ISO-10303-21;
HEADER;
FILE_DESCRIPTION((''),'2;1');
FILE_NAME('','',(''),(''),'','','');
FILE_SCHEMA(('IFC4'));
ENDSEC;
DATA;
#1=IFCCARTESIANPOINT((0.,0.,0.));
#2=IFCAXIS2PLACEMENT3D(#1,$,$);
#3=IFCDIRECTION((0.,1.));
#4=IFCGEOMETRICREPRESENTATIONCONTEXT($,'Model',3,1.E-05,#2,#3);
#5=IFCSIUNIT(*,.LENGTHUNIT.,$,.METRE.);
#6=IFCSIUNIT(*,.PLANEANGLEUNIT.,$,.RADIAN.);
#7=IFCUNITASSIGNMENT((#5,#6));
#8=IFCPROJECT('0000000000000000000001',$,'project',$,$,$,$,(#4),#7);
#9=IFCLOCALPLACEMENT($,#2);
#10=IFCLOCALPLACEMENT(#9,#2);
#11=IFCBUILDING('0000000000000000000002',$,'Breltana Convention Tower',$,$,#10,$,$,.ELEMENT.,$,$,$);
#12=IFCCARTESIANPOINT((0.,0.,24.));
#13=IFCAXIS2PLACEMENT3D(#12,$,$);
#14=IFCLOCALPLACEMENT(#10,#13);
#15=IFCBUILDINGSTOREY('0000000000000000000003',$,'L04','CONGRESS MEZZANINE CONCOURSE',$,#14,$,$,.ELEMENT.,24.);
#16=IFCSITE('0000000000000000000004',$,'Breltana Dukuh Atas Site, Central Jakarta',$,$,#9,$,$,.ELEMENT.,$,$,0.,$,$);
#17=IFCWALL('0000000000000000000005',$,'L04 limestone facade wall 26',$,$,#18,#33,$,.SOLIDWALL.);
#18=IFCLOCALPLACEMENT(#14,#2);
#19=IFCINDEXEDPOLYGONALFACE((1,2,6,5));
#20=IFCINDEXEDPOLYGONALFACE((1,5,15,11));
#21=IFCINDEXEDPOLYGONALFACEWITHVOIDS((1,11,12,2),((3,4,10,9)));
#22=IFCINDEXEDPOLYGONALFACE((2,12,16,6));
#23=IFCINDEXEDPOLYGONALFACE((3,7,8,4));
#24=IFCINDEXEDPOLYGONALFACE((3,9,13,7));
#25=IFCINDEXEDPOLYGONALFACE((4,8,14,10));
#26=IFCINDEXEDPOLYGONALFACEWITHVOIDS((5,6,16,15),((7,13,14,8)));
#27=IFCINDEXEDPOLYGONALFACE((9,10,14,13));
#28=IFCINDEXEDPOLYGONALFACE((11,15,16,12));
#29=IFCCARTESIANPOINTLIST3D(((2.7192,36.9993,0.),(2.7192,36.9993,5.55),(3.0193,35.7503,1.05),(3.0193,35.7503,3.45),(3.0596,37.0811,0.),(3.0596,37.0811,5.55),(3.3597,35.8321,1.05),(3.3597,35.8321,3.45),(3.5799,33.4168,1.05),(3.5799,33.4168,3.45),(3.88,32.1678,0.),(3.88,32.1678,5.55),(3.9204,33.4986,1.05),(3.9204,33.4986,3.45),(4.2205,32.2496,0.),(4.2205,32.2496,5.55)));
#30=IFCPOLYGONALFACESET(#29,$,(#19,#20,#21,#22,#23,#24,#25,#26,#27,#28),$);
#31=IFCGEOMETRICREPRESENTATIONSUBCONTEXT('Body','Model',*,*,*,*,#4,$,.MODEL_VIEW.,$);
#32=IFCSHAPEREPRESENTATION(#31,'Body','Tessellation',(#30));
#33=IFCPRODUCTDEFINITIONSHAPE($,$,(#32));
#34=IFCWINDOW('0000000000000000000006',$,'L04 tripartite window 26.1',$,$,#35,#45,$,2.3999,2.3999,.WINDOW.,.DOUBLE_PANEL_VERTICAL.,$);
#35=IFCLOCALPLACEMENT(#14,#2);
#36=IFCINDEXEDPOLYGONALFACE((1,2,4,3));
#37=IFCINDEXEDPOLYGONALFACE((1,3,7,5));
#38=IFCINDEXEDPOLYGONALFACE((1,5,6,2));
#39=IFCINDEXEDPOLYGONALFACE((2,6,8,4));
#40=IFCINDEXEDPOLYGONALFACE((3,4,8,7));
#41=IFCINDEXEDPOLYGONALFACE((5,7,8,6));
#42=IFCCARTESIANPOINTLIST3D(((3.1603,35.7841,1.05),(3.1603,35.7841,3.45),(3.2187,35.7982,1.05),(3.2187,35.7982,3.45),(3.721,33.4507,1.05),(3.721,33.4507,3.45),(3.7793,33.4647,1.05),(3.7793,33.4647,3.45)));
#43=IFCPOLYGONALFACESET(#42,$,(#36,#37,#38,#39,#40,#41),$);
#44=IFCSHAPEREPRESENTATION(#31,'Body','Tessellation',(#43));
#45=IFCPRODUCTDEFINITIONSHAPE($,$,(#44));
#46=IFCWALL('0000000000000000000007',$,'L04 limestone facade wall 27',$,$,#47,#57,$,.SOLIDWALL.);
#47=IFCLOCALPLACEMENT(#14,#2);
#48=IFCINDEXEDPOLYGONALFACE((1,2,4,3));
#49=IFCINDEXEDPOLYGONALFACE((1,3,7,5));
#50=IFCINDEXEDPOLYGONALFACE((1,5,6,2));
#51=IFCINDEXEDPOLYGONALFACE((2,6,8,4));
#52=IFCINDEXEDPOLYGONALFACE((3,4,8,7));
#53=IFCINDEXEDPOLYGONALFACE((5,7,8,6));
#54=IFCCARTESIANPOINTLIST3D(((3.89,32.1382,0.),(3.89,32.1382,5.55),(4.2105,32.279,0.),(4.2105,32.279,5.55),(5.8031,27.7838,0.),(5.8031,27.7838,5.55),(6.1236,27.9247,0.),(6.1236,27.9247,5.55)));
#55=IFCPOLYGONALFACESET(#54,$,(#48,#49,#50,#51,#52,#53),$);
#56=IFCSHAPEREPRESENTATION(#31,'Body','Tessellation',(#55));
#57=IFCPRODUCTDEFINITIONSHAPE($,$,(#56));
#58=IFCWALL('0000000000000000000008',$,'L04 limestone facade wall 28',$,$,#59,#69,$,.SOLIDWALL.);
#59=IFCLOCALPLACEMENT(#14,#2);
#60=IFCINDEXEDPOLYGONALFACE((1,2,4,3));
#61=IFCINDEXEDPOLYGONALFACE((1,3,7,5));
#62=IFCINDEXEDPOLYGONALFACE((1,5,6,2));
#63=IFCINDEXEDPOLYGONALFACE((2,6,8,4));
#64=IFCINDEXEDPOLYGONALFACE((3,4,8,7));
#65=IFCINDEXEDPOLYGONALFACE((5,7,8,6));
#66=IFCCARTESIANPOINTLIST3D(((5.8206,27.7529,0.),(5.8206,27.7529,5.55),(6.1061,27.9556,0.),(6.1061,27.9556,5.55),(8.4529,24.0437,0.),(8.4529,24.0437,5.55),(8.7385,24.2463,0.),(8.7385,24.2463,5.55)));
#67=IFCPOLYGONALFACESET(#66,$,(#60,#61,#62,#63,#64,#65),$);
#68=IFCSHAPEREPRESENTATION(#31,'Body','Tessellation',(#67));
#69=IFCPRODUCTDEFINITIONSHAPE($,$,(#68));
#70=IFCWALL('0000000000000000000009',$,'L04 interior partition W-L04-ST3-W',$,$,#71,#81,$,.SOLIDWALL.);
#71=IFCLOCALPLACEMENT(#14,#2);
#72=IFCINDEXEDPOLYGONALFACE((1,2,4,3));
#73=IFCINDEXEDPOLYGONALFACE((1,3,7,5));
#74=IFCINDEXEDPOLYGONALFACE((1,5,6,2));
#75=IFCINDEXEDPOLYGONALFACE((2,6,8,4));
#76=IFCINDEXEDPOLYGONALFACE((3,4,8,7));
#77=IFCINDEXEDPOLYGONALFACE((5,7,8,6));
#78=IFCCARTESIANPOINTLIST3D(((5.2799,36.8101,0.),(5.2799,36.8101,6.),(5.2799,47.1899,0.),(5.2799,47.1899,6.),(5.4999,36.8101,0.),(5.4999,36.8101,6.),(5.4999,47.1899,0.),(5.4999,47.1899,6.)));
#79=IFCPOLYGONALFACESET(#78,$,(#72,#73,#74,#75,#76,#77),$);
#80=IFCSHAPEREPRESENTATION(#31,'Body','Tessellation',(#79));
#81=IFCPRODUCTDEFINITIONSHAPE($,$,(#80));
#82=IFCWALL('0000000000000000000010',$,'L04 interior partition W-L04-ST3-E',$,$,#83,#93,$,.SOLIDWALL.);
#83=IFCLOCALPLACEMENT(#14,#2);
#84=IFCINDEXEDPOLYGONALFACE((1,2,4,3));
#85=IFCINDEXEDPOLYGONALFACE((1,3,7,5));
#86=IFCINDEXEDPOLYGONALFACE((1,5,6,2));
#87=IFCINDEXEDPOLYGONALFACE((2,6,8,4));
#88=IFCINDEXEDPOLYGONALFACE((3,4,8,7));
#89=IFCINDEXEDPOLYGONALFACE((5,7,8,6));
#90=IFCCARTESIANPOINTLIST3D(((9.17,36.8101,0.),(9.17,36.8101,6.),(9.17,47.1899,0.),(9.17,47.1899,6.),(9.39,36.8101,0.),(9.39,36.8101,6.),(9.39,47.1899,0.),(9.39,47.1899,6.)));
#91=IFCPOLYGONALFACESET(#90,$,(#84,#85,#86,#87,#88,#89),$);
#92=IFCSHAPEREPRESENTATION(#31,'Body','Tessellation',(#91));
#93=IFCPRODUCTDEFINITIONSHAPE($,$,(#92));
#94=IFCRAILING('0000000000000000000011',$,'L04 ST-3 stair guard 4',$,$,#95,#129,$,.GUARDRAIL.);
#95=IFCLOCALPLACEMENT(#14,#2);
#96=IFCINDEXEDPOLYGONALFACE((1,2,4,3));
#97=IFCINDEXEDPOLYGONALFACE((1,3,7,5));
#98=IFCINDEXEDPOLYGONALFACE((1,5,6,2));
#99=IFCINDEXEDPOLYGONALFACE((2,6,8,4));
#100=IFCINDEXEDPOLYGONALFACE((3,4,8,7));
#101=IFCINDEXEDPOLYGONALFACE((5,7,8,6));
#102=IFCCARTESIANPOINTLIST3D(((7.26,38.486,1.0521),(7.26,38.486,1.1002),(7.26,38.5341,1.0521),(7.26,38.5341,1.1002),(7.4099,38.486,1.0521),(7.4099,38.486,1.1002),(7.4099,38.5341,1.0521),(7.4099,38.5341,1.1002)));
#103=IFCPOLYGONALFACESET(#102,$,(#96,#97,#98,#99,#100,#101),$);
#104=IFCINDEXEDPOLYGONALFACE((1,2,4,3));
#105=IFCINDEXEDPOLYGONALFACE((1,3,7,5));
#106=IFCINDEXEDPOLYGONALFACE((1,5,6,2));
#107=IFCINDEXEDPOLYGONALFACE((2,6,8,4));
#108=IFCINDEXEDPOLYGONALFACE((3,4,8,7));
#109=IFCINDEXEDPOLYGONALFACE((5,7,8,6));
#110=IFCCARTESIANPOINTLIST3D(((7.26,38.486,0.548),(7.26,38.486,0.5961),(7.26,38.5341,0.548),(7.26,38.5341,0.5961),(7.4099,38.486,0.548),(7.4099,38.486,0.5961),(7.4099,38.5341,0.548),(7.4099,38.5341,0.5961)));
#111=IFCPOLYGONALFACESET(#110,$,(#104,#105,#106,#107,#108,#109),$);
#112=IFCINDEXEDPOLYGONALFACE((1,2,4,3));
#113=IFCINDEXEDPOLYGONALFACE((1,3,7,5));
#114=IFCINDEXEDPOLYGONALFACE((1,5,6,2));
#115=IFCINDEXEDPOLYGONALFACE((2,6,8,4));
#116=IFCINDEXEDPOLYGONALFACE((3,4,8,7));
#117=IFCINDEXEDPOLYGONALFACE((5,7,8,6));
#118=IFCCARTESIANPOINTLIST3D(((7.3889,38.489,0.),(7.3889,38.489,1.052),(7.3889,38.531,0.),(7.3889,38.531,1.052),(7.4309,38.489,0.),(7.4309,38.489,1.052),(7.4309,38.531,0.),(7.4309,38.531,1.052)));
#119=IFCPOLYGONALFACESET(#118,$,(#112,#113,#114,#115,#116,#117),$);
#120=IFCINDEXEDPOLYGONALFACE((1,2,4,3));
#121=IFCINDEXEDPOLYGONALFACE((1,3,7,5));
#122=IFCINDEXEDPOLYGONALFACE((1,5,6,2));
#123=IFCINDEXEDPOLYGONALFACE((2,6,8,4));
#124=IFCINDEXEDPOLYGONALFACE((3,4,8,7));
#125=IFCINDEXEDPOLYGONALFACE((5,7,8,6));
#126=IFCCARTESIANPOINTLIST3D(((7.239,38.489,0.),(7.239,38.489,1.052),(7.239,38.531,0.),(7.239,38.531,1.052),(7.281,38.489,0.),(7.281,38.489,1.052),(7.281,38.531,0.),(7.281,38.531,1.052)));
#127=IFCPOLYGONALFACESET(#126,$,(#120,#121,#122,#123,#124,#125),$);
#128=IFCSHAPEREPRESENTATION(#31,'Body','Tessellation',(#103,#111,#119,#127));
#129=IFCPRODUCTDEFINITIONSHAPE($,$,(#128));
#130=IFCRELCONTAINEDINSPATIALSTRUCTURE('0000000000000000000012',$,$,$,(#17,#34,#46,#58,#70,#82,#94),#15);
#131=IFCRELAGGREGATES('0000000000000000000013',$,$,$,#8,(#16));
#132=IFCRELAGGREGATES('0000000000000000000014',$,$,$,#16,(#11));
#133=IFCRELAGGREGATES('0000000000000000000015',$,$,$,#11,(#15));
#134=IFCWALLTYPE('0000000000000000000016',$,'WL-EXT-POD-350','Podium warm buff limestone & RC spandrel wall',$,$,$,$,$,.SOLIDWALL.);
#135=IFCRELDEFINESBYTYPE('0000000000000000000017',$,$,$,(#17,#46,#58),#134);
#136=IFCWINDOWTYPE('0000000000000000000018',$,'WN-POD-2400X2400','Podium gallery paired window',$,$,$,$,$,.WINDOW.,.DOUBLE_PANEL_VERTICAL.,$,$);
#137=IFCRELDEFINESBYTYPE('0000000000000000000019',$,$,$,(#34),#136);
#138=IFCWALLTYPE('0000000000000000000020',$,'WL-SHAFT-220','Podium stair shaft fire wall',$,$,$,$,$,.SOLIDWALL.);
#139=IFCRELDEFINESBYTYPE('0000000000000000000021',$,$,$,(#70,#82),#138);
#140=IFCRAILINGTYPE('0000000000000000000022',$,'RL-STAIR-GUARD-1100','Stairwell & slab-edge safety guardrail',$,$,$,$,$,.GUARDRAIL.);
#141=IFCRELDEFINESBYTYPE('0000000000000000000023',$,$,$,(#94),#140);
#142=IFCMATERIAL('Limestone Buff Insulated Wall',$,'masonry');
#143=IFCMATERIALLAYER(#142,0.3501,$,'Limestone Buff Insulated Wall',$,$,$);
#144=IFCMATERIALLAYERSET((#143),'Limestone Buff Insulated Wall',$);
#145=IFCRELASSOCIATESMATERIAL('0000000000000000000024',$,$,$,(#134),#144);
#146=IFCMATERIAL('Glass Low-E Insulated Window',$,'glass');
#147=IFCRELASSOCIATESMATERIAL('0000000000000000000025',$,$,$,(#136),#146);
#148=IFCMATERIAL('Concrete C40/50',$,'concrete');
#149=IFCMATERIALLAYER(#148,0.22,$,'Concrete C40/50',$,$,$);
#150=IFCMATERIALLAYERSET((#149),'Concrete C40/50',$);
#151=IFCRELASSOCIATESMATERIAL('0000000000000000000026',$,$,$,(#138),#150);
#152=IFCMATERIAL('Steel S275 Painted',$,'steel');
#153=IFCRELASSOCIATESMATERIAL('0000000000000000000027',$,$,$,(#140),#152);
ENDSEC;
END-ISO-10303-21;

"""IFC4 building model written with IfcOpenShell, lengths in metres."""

from ifc_helpers import new_model, si_unit, direction, frame, frame_2d, origin, origin_2d, place, context, subcontext, project, spatial, rectangle, extrude, source, transform, mapped, material, layer, layer_set, type_object, type_shapes, element, fill, save


model = new_model("IFC4")

# Units and contexts
model_context = context("Model", 3, precision=1e-05, world=origin(), true_north=direction((0.0, 1.0)))
body_context = subcontext(model_context, "Body", "Model", "MODEL_VIEW")
ifc_project = project(units=[si_unit("LENGTHUNIT", "METRE"), si_unit("PLANEANGLEUNIT", "RADIAN")], contexts=[model_context])

# Site, building, storey
site_placement = place(None, origin())
site = spatial("IfcSite", under=ifc_project, at=site_placement, Name="Breltana Dukuh Atas Site, Central Jakarta", CompositionType="ELEMENT", RefElevation=0.0)
building_placement = place(site_placement, origin())
building = spatial("IfcBuilding", under=site, at=building_placement, Name="Breltana Convention Tower", CompositionType="ELEMENT")
storey_placement = place(building_placement, frame((0.0, 0.0, 24.0)))
storey = spatial("IfcBuildingStorey", under=building, at=storey_placement, Name="L04", Description="CONGRESS MEZZANINE CONCOURSE", CompositionType="ELEMENT", Elevation=24.0)

# Wall, opening, window
ifc_material_1 = material(Name="Limestone Buff Insulated Wall", Category="masonry")
ifc_layer_1 = layer(ifc_material_1, 0.3501, Name="Limestone Buff Insulated Wall")
ifc_layer_set_1 = layer_set([ifc_layer_1], Name="Limestone Buff Insulated Wall")
wall_type_1 = type_object("IfcWallType", Name="WL-EXT-POD-350", Description="Podium warm buff limestone & RC spandrel wall", PredefinedType="SOLIDWALL", material=ifc_layer_set_1)
shared_shape_1 = source(origin(), body_context, "Body", "SweptSolid", [
    extrude(rectangle(XDim=4.969, YDim=0.3501, at=frame_2d((2.4844, 0.0))), origin(), (0.0, 0.0, 1.0), 5.55),
])
wall_1_placement = place(storey_placement, frame((2.8894, 37.04, 0.0), z_axis=(0.0, 0.0, 1.0), x_axis=(0.233624, -0.972327, 0.0)))
wall_1 = element("IfcWall", 1, at=wall_1_placement, inside=storey, type_object=wall_type_1, Name="L04 limestone facade wall 26", PredefinedType="SOLIDWALL", context=body_context, shape_type="MappedRepresentation", body=[
    mapped(shared_shape_1, transform((0.0, 0.0, 0.0), scale=1.0)),
])
opening_1_placement = place(wall_1_placement, frame((1.2844, 0.0, 1.05)))
opening_1 = element("IfcOpeningElement", 2, at=opening_1_placement, cuts=wall_1, PredefinedType="OPENING", context=body_context, shape_type="SweptSolid", body=[
    extrude(rectangle(XDim=2.3999, YDim=2.3999, at=frame_2d((1.2, 1.2))), frame((0.0, 0.1851, 0.0), z_axis=(0.0, -1.0, 0.0), x_axis=(1.0, 0.0, 0.0)), (0.0, 0.0, 1.0), 0.3701),
])
ifc_material_2 = material(Name="Glass Low-E Insulated Window", Category="glass")
window_type = type_object("IfcWindowType", Name="WN-POD-2400X2400", Description="Podium gallery paired window", PartitioningType="DOUBLE_PANEL_VERTICAL", PredefinedType="WINDOW", material=ifc_material_2)
shared_shape_2 = source(origin(), body_context, "Body", "SweptSolid", [
    extrude(rectangle(XDim=2.3999, YDim=2.3999, at=frame_2d((1.2, 1.2))), frame((0.0, 0.03, 0.0), z_axis=(0.0, -1.0, 0.0), x_axis=(1.0, 0.0, 0.0)), (0.0, 0.0, 1.0), 0.0601),
])
type_shapes(window_type, [shared_shape_2])
window_placement = place(opening_1_placement, origin())
window = element("IfcWindow", 3, at=window_placement, inside=storey, type_object=window_type, Name="L04 tripartite window 26.1", OverallHeight=2.3999, OverallWidth=2.3999, PartitioningType="DOUBLE_PANEL_VERTICAL", PredefinedType="WINDOW", context=body_context, shape_type="MappedRepresentation", body=[
    mapped(shared_shape_2, transform((0.0, 0.0, 0.0), scale=1.0)),
])
fill(opening_1, window)

# Walls
shared_shape_3 = source(origin(), body_context, "Body", "SweptSolid", [
    extrude(rectangle(XDim=4.7561, YDim=0.3501, at=frame_2d((2.3779, 0.0))), origin(), (0.0, 0.0, 1.0), 5.55),
])
wall_2_placement = place(storey_placement, frame((4.0503, 32.2085, 0.0), z_axis=(0.0, 0.0, 1.0), x_axis=(0.402248, -0.915531, 0.0)))
element("IfcWall", 4, at=wall_2_placement, inside=storey, type_object=wall_type_1, Name="L04 limestone facade wall 27", PredefinedType="SOLIDWALL", context=body_context, shape_type="MappedRepresentation", body=[
    mapped(shared_shape_3, transform((0.0, 0.0, 0.0), scale=1.0)),
])
shared_shape_4 = source(origin(), body_context, "Body", "SweptSolid", [
    extrude(rectangle(XDim=4.5483, YDim=0.3501, at=frame_2d((2.2742, 0.0))), origin(), (0.0, 0.0, 1.0), 5.55),
])
wall_3_placement = place(storey_placement, frame((5.9634, 27.8542, 0.0), z_axis=(0.0, 0.0, 1.0), x_axis=(0.578742, -0.81551, 0.0)))
element("IfcWall", 5, at=wall_3_placement, inside=storey, type_object=wall_type_1, Name="L04 limestone facade wall 28", PredefinedType="SOLIDWALL", context=body_context, shape_type="MappedRepresentation", body=[
    mapped(shared_shape_4, transform((0.0, 0.0, 0.0), scale=1.0)),
])

# Shared definitions
ifc_material_3 = material(Name="Concrete C40/50", Category="concrete")
ifc_layer_2 = layer(ifc_material_3, 0.22, Name="Concrete C40/50")
ifc_layer_set_2 = layer_set([ifc_layer_2], Name="Concrete C40/50")
wall_type_2 = type_object("IfcWallType", Name="WL-SHAFT-220", Description="Podium stair shaft fire wall", PredefinedType="SOLIDWALL", material=ifc_layer_set_2)

# Walls
shared_shape_5 = source(origin(), body_context, "Body", "SweptSolid", [
    extrude(rectangle(XDim=10.3799, YDim=0.22, at=frame_2d((5.1899, 0.0))), origin(), (0.0, 0.0, 1.0), 6.0),
])
for number, where, z_axis, x_axis, name in (
    (6, (5.3899, 36.8101, 0.0), (0.0, 0.0, 1.0), (0.0, 1.0, 0.0), "L04 interior partition W-L04-ST3-W"),
    (7, (9.28, 36.8101, 0.0), (0.0, 0.0, 1.0), (0.0, 1.0, 0.0), "L04 interior partition W-L04-ST3-E"),
):
    element("IfcWall", number, at=place(storey_placement, frame(where, z_axis=z_axis, x_axis=x_axis)), inside=storey, type_object=wall_type_2, Name=name, PredefinedType="SOLIDWALL", context=body_context, shape_type="MappedRepresentation", body=[
        mapped(shared_shape_5, transform((0.0, 0.0, 0.0), scale=1.0)),
    ])

# Railing
ifc_material_4 = material(Name="Steel S275 Painted", Category="steel")
railing_type = type_object("IfcRailingType", Name="RL-STAIR-GUARD-1100", Description="Stairwell & slab-edge safety guardrail", PredefinedType="GUARDRAIL", material=ifc_material_4)
railing_placement = place(storey_placement, frame((7.4099, 38.51, 0.0)))
element("IfcRailing", 8, at=railing_placement, inside=storey, type_object=railing_type, Name="L04 ST-3 stair guard 4", PredefinedType="GUARDRAIL", context=body_context, shape_type="SweptSolid", body=[
    extrude(rectangle(XDim=0.0481, YDim=0.0481, at=origin_2d()), frame((0.0, 0.0, 1.0762), z_axis=(-1.0, 0.0, 0.0), x_axis=(0.0, -1.0, 0.0)), (0.0, 0.0, 1.0), 0.1499),
    extrude(rectangle(XDim=0.0481, YDim=0.0481, at=origin_2d()), frame((0.0, 0.0, 0.572), z_axis=(-1.0, 0.0, 0.0), x_axis=(0.0, -1.0, 0.0)), (0.0, 0.0, 1.0), 0.1499),
    extrude(rectangle(XDim=0.042, YDim=0.042, at=origin_2d()), origin(), (0.0, 0.0, 1.0), 1.052),
    extrude(rectangle(XDim=0.042, YDim=0.042, at=origin_2d()), frame((-0.1499, 0.0, 0.0)), (0.0, 0.0, 1.0), 1.052),
])

save(model, "model.ifc")
